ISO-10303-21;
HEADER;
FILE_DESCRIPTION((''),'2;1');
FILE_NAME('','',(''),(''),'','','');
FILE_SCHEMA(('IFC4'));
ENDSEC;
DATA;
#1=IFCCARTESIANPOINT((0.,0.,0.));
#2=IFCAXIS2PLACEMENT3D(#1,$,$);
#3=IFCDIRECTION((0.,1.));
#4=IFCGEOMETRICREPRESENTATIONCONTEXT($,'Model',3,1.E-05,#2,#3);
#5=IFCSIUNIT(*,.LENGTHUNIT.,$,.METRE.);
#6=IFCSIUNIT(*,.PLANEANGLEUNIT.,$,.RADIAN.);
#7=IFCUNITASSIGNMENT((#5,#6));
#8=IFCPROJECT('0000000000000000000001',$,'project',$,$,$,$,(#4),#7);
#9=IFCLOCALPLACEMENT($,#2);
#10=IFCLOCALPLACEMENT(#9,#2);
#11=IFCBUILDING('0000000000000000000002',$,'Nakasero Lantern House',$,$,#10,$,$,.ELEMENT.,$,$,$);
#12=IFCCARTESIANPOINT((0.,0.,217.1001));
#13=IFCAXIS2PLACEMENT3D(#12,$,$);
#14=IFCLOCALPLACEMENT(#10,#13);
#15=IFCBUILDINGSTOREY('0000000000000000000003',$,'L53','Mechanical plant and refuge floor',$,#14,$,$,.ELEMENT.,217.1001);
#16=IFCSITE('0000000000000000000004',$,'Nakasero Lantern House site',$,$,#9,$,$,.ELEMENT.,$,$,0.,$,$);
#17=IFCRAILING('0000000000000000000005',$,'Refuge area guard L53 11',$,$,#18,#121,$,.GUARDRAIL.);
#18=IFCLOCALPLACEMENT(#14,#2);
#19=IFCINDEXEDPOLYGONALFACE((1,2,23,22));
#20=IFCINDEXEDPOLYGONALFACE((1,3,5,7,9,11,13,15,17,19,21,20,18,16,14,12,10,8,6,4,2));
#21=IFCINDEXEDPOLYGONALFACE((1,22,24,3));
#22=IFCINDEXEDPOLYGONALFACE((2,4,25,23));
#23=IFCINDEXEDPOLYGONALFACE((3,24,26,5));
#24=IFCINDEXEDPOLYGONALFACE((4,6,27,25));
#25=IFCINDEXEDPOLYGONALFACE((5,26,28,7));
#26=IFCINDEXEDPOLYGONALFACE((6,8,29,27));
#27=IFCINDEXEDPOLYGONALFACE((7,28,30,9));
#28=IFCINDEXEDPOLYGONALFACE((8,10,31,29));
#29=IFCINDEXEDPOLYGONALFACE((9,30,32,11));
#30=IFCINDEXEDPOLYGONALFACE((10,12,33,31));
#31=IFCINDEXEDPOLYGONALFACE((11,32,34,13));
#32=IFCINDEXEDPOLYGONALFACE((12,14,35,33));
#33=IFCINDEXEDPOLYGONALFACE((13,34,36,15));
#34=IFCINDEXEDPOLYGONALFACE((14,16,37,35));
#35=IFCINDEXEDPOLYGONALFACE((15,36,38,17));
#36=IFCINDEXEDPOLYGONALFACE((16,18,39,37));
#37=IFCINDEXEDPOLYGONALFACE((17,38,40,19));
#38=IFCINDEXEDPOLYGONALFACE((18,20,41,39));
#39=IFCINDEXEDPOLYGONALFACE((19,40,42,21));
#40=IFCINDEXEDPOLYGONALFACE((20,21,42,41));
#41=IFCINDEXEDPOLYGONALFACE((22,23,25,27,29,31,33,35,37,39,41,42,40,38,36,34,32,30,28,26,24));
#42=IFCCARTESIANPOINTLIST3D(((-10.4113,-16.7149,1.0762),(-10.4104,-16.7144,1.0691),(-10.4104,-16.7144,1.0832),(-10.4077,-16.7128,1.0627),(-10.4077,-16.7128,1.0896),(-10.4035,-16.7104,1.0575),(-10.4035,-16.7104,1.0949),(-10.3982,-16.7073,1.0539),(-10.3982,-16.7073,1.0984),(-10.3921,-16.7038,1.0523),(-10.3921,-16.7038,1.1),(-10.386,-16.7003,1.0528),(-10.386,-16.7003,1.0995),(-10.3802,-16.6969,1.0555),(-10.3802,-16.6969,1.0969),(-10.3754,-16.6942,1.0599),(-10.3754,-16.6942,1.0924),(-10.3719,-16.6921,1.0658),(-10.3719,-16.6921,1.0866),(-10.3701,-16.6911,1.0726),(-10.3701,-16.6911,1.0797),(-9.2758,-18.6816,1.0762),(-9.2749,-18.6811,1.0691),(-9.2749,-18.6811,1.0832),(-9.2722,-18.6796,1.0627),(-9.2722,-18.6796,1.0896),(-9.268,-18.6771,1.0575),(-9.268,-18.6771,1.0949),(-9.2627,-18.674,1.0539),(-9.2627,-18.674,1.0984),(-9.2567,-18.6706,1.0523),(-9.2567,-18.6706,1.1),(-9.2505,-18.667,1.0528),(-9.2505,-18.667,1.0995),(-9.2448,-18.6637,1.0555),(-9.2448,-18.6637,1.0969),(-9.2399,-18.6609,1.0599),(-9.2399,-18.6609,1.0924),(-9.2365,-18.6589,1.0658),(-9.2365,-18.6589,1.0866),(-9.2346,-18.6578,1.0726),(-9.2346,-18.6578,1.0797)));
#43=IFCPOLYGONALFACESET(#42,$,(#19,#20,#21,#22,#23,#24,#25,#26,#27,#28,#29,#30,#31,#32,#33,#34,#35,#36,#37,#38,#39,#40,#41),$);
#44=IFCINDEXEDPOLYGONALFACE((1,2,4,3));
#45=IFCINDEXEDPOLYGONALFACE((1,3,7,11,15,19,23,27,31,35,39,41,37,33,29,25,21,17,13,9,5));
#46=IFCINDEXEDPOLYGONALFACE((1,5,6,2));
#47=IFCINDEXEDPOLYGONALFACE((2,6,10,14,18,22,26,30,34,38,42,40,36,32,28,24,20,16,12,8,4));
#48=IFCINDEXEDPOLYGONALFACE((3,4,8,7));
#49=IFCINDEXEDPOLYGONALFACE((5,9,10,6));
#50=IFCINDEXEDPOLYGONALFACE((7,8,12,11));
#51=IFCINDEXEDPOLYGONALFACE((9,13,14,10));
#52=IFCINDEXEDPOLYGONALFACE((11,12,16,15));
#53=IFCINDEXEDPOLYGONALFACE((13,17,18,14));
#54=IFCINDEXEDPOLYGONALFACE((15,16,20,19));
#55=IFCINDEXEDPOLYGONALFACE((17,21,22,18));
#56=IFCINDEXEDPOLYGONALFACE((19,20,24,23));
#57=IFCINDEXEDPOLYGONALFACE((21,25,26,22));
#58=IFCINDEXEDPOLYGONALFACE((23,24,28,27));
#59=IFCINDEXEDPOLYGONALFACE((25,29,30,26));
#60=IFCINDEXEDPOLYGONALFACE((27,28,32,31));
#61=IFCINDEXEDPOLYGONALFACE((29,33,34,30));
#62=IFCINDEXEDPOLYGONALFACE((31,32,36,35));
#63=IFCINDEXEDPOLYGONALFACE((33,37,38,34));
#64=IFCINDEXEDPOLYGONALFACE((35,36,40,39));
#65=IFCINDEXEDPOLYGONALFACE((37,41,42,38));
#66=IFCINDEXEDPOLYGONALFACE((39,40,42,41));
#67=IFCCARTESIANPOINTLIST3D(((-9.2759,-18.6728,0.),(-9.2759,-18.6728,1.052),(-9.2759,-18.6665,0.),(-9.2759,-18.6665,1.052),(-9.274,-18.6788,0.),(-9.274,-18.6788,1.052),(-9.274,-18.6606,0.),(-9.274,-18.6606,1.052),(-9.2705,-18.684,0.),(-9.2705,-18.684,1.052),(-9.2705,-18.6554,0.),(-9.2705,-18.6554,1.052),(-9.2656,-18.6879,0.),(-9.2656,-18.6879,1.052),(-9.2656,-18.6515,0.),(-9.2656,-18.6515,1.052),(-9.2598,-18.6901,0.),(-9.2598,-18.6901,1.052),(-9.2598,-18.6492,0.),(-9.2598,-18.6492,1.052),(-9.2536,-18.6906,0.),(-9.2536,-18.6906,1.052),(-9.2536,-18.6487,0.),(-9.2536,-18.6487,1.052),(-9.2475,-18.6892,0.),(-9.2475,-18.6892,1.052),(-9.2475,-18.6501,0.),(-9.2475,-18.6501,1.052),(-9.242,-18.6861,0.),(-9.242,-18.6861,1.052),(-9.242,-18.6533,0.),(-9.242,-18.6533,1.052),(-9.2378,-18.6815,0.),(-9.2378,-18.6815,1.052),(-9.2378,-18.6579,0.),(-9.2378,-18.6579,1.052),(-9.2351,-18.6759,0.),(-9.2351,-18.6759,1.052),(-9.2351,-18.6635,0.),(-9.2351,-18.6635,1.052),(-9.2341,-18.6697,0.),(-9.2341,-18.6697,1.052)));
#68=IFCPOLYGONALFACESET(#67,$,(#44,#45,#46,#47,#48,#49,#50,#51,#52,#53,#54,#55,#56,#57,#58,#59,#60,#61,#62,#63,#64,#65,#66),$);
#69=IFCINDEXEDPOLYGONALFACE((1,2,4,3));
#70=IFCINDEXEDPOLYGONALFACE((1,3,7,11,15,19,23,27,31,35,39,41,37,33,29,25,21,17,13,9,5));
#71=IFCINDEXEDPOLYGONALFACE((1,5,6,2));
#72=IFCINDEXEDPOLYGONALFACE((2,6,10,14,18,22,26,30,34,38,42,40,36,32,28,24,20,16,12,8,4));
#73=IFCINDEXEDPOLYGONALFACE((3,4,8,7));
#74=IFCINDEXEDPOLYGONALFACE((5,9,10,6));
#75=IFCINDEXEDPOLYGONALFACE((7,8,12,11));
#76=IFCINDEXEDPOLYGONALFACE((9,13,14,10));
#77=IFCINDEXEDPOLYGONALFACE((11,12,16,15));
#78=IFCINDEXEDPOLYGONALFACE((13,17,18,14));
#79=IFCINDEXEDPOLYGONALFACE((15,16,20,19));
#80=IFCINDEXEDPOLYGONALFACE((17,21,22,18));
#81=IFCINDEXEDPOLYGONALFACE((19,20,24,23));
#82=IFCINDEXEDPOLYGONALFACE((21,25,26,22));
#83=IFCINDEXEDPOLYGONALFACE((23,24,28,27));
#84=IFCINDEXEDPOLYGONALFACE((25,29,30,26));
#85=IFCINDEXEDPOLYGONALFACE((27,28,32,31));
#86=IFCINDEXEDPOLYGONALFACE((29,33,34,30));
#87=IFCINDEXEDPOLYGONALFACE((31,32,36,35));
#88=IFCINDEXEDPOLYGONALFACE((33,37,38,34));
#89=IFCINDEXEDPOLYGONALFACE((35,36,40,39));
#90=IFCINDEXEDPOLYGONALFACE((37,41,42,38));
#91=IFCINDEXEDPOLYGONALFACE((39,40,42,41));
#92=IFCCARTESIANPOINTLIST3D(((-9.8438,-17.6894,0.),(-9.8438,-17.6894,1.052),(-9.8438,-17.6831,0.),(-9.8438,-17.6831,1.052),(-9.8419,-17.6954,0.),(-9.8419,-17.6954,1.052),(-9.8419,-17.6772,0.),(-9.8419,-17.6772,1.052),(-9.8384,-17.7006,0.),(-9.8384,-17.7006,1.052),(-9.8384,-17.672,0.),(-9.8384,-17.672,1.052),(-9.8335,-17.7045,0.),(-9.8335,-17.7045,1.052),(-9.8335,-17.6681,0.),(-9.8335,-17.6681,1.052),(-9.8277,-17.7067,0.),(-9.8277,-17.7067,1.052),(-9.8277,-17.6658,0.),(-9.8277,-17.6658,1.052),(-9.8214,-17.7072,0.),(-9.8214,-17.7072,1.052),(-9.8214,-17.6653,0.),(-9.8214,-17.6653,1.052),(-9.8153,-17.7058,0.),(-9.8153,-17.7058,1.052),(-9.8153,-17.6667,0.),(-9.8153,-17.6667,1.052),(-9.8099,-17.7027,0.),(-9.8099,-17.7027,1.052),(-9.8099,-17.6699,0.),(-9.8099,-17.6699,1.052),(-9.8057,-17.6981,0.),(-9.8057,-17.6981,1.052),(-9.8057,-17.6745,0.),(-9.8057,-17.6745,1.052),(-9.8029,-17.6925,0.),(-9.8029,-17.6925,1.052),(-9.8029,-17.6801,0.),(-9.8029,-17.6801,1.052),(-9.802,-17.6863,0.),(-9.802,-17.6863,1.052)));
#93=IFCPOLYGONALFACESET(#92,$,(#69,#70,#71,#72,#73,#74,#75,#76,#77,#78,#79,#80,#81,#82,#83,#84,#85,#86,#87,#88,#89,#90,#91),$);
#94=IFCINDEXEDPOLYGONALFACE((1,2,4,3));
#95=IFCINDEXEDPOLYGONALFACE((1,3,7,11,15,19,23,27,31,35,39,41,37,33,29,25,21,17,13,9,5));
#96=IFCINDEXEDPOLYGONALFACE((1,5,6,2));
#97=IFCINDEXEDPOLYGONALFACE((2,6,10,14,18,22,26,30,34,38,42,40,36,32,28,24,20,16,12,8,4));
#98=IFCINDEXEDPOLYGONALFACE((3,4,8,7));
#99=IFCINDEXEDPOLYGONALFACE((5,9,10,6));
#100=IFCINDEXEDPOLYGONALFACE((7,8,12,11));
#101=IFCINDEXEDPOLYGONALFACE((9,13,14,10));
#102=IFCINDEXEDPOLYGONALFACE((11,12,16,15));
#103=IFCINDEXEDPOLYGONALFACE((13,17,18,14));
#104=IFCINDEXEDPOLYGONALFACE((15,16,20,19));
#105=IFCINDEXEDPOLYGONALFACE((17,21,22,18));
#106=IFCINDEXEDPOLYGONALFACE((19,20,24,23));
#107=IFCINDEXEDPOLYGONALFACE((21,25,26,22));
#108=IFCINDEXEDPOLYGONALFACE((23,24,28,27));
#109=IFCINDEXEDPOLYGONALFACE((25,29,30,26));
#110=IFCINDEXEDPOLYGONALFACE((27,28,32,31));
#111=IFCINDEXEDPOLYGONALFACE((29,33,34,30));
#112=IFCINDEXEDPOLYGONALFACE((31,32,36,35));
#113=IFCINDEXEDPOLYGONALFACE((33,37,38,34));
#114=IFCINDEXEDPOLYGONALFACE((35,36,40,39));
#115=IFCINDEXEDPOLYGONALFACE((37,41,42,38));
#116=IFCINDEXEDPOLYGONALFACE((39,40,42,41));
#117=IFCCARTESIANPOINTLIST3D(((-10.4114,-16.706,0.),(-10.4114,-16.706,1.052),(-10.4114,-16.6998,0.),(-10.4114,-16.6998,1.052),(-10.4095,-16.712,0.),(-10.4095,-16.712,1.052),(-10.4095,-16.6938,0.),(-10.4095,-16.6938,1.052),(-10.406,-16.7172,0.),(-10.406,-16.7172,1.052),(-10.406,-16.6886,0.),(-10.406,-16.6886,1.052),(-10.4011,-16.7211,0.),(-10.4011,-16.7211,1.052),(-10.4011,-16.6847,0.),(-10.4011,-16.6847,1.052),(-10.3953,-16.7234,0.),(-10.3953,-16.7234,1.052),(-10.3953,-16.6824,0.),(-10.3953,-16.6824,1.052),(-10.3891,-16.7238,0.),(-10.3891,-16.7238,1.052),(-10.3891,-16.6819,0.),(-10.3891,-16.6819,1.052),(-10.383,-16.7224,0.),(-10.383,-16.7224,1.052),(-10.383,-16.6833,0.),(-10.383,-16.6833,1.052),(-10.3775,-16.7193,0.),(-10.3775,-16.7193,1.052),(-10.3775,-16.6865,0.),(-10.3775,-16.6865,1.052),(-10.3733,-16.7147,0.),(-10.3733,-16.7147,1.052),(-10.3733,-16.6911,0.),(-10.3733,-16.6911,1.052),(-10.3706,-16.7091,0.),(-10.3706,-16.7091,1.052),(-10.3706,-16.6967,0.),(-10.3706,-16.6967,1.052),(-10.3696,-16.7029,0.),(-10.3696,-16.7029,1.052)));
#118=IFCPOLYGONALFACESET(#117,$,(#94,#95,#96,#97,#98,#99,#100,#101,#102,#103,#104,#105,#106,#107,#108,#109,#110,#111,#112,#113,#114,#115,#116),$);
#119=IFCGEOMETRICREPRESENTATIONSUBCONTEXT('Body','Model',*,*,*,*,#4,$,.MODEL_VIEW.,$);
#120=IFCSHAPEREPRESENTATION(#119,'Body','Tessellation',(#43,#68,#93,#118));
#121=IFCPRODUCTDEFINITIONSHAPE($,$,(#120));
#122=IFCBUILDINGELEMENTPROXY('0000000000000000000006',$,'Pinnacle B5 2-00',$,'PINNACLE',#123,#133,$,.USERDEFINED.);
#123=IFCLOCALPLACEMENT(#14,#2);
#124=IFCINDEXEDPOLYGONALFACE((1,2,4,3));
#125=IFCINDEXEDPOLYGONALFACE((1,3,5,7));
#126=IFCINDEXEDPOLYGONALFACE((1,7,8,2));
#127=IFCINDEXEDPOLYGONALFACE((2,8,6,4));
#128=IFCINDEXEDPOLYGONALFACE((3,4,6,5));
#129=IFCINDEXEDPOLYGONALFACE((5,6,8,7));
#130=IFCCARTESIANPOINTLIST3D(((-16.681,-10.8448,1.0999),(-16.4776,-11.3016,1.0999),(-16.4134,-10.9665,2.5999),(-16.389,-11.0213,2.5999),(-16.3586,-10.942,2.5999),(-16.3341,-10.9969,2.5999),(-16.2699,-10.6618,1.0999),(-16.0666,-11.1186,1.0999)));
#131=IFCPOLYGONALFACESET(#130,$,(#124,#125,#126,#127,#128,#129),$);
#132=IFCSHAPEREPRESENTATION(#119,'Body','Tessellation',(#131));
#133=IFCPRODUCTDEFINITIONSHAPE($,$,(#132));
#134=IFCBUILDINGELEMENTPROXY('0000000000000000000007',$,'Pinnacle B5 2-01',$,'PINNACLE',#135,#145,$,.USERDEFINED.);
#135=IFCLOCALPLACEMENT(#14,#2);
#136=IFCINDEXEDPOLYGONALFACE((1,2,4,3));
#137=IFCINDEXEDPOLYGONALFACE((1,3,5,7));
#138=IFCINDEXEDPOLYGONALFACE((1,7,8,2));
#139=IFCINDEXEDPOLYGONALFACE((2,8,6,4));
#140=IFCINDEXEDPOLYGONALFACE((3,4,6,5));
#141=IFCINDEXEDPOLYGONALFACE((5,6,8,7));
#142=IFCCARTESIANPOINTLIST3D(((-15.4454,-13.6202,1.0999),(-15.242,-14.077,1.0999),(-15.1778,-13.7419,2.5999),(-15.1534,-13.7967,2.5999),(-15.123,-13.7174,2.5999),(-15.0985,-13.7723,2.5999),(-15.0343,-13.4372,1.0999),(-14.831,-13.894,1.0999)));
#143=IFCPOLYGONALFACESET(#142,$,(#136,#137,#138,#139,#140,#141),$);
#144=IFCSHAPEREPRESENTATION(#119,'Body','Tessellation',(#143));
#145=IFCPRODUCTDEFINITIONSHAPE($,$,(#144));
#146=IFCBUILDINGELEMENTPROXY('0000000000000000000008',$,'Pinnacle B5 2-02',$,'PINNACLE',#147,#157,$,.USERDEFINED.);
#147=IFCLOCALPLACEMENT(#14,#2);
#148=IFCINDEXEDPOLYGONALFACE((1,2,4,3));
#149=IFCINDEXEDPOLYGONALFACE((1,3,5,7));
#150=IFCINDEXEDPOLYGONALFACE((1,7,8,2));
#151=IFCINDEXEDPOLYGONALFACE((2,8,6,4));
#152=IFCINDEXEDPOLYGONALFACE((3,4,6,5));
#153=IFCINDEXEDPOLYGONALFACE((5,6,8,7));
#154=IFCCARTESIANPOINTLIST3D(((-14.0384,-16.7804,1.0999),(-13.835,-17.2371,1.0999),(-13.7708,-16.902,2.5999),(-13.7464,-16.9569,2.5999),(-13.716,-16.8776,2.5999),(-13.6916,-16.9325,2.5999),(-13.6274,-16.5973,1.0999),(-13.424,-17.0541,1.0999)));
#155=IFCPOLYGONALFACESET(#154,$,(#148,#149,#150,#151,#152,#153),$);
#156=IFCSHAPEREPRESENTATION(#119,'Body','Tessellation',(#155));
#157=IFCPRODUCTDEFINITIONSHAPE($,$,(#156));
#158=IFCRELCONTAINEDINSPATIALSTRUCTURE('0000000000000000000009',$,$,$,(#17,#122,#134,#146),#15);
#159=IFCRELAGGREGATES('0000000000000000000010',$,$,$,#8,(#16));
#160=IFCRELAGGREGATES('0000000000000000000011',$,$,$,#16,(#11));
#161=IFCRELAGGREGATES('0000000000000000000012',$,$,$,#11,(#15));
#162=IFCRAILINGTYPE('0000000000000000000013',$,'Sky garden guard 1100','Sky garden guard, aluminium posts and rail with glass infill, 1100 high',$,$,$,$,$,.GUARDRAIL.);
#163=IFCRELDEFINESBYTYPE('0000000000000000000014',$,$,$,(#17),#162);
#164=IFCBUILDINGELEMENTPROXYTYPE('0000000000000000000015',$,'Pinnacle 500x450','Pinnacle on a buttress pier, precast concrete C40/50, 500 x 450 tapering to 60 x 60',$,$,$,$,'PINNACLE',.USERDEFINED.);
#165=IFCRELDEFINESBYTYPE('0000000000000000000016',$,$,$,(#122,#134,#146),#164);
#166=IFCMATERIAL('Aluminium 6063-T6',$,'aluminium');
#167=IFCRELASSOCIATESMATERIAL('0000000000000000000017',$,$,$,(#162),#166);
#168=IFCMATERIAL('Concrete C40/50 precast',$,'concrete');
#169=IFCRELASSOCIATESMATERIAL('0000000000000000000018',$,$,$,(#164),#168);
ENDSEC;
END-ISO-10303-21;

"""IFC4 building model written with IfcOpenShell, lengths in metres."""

from ifc_helpers import new_model, entity, si_unit, direction, frame, origin, origin_2d, place, context, subcontext, project, spatial, circle, extrude, material, type_object, element, save


model = new_model("IFC4")

# Units and contexts
model_context = context("Model", 3, precision=1e-05, world=origin(), true_north=direction((0.0, 1.0)))
body_context = subcontext(model_context, "Body", "Model", "MODEL_VIEW")
ifc_project = project(units=[si_unit("LENGTHUNIT", "METRE"), si_unit("PLANEANGLEUNIT", "RADIAN")], contexts=[model_context])

# Site, building, storey
site_placement = place(None, origin())
site = spatial("IfcSite", under=ifc_project, at=site_placement, Name="Nakasero Lantern House site", CompositionType="ELEMENT", RefElevation=0.0)
building_placement = place(site_placement, origin())
building = spatial("IfcBuilding", under=site, at=building_placement, Name="Nakasero Lantern House", CompositionType="ELEMENT")
storey_placement = place(building_placement, frame((0.0, 0.0, 217.1001)))
storey = spatial("IfcBuildingStorey", under=building, at=storey_placement, Name="L53", Description="Mechanical plant and refuge floor", CompositionType="ELEMENT", Elevation=217.1001)

# Railing
ifc_material_1 = material(Name="Aluminium 6063-T6", Category="aluminium")
railing_type = type_object("IfcRailingType", Name="Sky garden guard 1100", Description="Sky garden guard, aluminium posts and rail with glass infill, 1100 high", PredefinedType="GUARDRAIL", material=ifc_material_1)
railing_1_placement = place(storey_placement, frame((-9.2551, -18.6697, 0.0)))
element("IfcRailing", 1, at=railing_1_placement, inside=storey, type_object=railing_type, Name="Refuge area guard L53 11", PredefinedType="GUARDRAIL", context=body_context, shape_type="SweptSolid", body=[
    extrude(circle(Radius=0.0239, at=origin_2d()), frame((0.0, 0.0, 1.0762), z_axis=(-0.499989, 0.866032, 0.0), x_axis=(-0.866032, -0.499989, 0.0)), (0.0, 0.0, 1.0), 2.271),
    extrude(circle(Radius=0.021, at=origin_2d()), origin(), (0.0, 0.0, 1.0), 1.052),
    extrude(circle(Radius=0.021, at=origin_2d()), frame((-0.5679, 0.9834, 0.0)), (0.0, 0.0, 1.0), 1.052),
    extrude(circle(Radius=0.021, at=origin_2d()), frame((-1.1355, 1.9668, 0.0)), (0.0, 0.0, 1.0), 1.052),
])

# Building element proxies
ifc_material_2 = material(Name="Concrete C40/50 precast", Category="concrete")
building_element_proxy_type = type_object("IfcBuildingElementProxyType", Name="Pinnacle 500x450", Description="Pinnacle on a buttress pier, precast concrete C40/50, 500 x 450 tapering to 60 x 60", ElementType="PINNACLE", PredefinedType="USERDEFINED", material=ifc_material_2)
for number, where, z_axis, x_axis, name in (
    (2, (-16.3738, -10.9817, 1.0999), (0.0, 0.0, 1.0), (-0.913545, -0.406737, 0.0), "Pinnacle B5 2-00"),
    (3, (-15.1382, -13.7571, 1.0999), (0.0, 0.0, 1.0), (-0.913545, -0.406737, 0.0), "Pinnacle B5 2-01"),
    (4, (-13.7312, -16.9172, 1.0999), (0.0, 0.0, 1.0), (-0.913545, -0.406737, 0.0), "Pinnacle B5 2-02"),
):
    element("IfcBuildingElementProxy", number, at=place(storey_placement, frame(where, z_axis=z_axis, x_axis=x_axis)), inside=storey, type_object=building_element_proxy_type, Name=name, ObjectType="PINNACLE", PredefinedType="USERDEFINED", context=body_context, shape_type="SweptSolid", body=[
        entity("IfcExtrudedAreaSolidTapered", entity("IfcRectangleProfileDef", "AREA", None, entity("IfcAxis2Placement2D", entity("IfcCartesianPoint", [0.0, 0.0])), 0.45, 0.5), entity("IfcAxis2Placement3D", entity("IfcCartesianPoint", [0.0, 0.0, 0.0])), entity("IfcDirection", [0.0, 0.0, 1.0]), 1.5, entity("IfcRectangleProfileDef", "AREA", None, entity("IfcAxis2Placement2D", entity("IfcCartesianPoint", [0.0, 0.0])), 0.0601, 0.0601)),
    ])

save(model, "model.ifc")
